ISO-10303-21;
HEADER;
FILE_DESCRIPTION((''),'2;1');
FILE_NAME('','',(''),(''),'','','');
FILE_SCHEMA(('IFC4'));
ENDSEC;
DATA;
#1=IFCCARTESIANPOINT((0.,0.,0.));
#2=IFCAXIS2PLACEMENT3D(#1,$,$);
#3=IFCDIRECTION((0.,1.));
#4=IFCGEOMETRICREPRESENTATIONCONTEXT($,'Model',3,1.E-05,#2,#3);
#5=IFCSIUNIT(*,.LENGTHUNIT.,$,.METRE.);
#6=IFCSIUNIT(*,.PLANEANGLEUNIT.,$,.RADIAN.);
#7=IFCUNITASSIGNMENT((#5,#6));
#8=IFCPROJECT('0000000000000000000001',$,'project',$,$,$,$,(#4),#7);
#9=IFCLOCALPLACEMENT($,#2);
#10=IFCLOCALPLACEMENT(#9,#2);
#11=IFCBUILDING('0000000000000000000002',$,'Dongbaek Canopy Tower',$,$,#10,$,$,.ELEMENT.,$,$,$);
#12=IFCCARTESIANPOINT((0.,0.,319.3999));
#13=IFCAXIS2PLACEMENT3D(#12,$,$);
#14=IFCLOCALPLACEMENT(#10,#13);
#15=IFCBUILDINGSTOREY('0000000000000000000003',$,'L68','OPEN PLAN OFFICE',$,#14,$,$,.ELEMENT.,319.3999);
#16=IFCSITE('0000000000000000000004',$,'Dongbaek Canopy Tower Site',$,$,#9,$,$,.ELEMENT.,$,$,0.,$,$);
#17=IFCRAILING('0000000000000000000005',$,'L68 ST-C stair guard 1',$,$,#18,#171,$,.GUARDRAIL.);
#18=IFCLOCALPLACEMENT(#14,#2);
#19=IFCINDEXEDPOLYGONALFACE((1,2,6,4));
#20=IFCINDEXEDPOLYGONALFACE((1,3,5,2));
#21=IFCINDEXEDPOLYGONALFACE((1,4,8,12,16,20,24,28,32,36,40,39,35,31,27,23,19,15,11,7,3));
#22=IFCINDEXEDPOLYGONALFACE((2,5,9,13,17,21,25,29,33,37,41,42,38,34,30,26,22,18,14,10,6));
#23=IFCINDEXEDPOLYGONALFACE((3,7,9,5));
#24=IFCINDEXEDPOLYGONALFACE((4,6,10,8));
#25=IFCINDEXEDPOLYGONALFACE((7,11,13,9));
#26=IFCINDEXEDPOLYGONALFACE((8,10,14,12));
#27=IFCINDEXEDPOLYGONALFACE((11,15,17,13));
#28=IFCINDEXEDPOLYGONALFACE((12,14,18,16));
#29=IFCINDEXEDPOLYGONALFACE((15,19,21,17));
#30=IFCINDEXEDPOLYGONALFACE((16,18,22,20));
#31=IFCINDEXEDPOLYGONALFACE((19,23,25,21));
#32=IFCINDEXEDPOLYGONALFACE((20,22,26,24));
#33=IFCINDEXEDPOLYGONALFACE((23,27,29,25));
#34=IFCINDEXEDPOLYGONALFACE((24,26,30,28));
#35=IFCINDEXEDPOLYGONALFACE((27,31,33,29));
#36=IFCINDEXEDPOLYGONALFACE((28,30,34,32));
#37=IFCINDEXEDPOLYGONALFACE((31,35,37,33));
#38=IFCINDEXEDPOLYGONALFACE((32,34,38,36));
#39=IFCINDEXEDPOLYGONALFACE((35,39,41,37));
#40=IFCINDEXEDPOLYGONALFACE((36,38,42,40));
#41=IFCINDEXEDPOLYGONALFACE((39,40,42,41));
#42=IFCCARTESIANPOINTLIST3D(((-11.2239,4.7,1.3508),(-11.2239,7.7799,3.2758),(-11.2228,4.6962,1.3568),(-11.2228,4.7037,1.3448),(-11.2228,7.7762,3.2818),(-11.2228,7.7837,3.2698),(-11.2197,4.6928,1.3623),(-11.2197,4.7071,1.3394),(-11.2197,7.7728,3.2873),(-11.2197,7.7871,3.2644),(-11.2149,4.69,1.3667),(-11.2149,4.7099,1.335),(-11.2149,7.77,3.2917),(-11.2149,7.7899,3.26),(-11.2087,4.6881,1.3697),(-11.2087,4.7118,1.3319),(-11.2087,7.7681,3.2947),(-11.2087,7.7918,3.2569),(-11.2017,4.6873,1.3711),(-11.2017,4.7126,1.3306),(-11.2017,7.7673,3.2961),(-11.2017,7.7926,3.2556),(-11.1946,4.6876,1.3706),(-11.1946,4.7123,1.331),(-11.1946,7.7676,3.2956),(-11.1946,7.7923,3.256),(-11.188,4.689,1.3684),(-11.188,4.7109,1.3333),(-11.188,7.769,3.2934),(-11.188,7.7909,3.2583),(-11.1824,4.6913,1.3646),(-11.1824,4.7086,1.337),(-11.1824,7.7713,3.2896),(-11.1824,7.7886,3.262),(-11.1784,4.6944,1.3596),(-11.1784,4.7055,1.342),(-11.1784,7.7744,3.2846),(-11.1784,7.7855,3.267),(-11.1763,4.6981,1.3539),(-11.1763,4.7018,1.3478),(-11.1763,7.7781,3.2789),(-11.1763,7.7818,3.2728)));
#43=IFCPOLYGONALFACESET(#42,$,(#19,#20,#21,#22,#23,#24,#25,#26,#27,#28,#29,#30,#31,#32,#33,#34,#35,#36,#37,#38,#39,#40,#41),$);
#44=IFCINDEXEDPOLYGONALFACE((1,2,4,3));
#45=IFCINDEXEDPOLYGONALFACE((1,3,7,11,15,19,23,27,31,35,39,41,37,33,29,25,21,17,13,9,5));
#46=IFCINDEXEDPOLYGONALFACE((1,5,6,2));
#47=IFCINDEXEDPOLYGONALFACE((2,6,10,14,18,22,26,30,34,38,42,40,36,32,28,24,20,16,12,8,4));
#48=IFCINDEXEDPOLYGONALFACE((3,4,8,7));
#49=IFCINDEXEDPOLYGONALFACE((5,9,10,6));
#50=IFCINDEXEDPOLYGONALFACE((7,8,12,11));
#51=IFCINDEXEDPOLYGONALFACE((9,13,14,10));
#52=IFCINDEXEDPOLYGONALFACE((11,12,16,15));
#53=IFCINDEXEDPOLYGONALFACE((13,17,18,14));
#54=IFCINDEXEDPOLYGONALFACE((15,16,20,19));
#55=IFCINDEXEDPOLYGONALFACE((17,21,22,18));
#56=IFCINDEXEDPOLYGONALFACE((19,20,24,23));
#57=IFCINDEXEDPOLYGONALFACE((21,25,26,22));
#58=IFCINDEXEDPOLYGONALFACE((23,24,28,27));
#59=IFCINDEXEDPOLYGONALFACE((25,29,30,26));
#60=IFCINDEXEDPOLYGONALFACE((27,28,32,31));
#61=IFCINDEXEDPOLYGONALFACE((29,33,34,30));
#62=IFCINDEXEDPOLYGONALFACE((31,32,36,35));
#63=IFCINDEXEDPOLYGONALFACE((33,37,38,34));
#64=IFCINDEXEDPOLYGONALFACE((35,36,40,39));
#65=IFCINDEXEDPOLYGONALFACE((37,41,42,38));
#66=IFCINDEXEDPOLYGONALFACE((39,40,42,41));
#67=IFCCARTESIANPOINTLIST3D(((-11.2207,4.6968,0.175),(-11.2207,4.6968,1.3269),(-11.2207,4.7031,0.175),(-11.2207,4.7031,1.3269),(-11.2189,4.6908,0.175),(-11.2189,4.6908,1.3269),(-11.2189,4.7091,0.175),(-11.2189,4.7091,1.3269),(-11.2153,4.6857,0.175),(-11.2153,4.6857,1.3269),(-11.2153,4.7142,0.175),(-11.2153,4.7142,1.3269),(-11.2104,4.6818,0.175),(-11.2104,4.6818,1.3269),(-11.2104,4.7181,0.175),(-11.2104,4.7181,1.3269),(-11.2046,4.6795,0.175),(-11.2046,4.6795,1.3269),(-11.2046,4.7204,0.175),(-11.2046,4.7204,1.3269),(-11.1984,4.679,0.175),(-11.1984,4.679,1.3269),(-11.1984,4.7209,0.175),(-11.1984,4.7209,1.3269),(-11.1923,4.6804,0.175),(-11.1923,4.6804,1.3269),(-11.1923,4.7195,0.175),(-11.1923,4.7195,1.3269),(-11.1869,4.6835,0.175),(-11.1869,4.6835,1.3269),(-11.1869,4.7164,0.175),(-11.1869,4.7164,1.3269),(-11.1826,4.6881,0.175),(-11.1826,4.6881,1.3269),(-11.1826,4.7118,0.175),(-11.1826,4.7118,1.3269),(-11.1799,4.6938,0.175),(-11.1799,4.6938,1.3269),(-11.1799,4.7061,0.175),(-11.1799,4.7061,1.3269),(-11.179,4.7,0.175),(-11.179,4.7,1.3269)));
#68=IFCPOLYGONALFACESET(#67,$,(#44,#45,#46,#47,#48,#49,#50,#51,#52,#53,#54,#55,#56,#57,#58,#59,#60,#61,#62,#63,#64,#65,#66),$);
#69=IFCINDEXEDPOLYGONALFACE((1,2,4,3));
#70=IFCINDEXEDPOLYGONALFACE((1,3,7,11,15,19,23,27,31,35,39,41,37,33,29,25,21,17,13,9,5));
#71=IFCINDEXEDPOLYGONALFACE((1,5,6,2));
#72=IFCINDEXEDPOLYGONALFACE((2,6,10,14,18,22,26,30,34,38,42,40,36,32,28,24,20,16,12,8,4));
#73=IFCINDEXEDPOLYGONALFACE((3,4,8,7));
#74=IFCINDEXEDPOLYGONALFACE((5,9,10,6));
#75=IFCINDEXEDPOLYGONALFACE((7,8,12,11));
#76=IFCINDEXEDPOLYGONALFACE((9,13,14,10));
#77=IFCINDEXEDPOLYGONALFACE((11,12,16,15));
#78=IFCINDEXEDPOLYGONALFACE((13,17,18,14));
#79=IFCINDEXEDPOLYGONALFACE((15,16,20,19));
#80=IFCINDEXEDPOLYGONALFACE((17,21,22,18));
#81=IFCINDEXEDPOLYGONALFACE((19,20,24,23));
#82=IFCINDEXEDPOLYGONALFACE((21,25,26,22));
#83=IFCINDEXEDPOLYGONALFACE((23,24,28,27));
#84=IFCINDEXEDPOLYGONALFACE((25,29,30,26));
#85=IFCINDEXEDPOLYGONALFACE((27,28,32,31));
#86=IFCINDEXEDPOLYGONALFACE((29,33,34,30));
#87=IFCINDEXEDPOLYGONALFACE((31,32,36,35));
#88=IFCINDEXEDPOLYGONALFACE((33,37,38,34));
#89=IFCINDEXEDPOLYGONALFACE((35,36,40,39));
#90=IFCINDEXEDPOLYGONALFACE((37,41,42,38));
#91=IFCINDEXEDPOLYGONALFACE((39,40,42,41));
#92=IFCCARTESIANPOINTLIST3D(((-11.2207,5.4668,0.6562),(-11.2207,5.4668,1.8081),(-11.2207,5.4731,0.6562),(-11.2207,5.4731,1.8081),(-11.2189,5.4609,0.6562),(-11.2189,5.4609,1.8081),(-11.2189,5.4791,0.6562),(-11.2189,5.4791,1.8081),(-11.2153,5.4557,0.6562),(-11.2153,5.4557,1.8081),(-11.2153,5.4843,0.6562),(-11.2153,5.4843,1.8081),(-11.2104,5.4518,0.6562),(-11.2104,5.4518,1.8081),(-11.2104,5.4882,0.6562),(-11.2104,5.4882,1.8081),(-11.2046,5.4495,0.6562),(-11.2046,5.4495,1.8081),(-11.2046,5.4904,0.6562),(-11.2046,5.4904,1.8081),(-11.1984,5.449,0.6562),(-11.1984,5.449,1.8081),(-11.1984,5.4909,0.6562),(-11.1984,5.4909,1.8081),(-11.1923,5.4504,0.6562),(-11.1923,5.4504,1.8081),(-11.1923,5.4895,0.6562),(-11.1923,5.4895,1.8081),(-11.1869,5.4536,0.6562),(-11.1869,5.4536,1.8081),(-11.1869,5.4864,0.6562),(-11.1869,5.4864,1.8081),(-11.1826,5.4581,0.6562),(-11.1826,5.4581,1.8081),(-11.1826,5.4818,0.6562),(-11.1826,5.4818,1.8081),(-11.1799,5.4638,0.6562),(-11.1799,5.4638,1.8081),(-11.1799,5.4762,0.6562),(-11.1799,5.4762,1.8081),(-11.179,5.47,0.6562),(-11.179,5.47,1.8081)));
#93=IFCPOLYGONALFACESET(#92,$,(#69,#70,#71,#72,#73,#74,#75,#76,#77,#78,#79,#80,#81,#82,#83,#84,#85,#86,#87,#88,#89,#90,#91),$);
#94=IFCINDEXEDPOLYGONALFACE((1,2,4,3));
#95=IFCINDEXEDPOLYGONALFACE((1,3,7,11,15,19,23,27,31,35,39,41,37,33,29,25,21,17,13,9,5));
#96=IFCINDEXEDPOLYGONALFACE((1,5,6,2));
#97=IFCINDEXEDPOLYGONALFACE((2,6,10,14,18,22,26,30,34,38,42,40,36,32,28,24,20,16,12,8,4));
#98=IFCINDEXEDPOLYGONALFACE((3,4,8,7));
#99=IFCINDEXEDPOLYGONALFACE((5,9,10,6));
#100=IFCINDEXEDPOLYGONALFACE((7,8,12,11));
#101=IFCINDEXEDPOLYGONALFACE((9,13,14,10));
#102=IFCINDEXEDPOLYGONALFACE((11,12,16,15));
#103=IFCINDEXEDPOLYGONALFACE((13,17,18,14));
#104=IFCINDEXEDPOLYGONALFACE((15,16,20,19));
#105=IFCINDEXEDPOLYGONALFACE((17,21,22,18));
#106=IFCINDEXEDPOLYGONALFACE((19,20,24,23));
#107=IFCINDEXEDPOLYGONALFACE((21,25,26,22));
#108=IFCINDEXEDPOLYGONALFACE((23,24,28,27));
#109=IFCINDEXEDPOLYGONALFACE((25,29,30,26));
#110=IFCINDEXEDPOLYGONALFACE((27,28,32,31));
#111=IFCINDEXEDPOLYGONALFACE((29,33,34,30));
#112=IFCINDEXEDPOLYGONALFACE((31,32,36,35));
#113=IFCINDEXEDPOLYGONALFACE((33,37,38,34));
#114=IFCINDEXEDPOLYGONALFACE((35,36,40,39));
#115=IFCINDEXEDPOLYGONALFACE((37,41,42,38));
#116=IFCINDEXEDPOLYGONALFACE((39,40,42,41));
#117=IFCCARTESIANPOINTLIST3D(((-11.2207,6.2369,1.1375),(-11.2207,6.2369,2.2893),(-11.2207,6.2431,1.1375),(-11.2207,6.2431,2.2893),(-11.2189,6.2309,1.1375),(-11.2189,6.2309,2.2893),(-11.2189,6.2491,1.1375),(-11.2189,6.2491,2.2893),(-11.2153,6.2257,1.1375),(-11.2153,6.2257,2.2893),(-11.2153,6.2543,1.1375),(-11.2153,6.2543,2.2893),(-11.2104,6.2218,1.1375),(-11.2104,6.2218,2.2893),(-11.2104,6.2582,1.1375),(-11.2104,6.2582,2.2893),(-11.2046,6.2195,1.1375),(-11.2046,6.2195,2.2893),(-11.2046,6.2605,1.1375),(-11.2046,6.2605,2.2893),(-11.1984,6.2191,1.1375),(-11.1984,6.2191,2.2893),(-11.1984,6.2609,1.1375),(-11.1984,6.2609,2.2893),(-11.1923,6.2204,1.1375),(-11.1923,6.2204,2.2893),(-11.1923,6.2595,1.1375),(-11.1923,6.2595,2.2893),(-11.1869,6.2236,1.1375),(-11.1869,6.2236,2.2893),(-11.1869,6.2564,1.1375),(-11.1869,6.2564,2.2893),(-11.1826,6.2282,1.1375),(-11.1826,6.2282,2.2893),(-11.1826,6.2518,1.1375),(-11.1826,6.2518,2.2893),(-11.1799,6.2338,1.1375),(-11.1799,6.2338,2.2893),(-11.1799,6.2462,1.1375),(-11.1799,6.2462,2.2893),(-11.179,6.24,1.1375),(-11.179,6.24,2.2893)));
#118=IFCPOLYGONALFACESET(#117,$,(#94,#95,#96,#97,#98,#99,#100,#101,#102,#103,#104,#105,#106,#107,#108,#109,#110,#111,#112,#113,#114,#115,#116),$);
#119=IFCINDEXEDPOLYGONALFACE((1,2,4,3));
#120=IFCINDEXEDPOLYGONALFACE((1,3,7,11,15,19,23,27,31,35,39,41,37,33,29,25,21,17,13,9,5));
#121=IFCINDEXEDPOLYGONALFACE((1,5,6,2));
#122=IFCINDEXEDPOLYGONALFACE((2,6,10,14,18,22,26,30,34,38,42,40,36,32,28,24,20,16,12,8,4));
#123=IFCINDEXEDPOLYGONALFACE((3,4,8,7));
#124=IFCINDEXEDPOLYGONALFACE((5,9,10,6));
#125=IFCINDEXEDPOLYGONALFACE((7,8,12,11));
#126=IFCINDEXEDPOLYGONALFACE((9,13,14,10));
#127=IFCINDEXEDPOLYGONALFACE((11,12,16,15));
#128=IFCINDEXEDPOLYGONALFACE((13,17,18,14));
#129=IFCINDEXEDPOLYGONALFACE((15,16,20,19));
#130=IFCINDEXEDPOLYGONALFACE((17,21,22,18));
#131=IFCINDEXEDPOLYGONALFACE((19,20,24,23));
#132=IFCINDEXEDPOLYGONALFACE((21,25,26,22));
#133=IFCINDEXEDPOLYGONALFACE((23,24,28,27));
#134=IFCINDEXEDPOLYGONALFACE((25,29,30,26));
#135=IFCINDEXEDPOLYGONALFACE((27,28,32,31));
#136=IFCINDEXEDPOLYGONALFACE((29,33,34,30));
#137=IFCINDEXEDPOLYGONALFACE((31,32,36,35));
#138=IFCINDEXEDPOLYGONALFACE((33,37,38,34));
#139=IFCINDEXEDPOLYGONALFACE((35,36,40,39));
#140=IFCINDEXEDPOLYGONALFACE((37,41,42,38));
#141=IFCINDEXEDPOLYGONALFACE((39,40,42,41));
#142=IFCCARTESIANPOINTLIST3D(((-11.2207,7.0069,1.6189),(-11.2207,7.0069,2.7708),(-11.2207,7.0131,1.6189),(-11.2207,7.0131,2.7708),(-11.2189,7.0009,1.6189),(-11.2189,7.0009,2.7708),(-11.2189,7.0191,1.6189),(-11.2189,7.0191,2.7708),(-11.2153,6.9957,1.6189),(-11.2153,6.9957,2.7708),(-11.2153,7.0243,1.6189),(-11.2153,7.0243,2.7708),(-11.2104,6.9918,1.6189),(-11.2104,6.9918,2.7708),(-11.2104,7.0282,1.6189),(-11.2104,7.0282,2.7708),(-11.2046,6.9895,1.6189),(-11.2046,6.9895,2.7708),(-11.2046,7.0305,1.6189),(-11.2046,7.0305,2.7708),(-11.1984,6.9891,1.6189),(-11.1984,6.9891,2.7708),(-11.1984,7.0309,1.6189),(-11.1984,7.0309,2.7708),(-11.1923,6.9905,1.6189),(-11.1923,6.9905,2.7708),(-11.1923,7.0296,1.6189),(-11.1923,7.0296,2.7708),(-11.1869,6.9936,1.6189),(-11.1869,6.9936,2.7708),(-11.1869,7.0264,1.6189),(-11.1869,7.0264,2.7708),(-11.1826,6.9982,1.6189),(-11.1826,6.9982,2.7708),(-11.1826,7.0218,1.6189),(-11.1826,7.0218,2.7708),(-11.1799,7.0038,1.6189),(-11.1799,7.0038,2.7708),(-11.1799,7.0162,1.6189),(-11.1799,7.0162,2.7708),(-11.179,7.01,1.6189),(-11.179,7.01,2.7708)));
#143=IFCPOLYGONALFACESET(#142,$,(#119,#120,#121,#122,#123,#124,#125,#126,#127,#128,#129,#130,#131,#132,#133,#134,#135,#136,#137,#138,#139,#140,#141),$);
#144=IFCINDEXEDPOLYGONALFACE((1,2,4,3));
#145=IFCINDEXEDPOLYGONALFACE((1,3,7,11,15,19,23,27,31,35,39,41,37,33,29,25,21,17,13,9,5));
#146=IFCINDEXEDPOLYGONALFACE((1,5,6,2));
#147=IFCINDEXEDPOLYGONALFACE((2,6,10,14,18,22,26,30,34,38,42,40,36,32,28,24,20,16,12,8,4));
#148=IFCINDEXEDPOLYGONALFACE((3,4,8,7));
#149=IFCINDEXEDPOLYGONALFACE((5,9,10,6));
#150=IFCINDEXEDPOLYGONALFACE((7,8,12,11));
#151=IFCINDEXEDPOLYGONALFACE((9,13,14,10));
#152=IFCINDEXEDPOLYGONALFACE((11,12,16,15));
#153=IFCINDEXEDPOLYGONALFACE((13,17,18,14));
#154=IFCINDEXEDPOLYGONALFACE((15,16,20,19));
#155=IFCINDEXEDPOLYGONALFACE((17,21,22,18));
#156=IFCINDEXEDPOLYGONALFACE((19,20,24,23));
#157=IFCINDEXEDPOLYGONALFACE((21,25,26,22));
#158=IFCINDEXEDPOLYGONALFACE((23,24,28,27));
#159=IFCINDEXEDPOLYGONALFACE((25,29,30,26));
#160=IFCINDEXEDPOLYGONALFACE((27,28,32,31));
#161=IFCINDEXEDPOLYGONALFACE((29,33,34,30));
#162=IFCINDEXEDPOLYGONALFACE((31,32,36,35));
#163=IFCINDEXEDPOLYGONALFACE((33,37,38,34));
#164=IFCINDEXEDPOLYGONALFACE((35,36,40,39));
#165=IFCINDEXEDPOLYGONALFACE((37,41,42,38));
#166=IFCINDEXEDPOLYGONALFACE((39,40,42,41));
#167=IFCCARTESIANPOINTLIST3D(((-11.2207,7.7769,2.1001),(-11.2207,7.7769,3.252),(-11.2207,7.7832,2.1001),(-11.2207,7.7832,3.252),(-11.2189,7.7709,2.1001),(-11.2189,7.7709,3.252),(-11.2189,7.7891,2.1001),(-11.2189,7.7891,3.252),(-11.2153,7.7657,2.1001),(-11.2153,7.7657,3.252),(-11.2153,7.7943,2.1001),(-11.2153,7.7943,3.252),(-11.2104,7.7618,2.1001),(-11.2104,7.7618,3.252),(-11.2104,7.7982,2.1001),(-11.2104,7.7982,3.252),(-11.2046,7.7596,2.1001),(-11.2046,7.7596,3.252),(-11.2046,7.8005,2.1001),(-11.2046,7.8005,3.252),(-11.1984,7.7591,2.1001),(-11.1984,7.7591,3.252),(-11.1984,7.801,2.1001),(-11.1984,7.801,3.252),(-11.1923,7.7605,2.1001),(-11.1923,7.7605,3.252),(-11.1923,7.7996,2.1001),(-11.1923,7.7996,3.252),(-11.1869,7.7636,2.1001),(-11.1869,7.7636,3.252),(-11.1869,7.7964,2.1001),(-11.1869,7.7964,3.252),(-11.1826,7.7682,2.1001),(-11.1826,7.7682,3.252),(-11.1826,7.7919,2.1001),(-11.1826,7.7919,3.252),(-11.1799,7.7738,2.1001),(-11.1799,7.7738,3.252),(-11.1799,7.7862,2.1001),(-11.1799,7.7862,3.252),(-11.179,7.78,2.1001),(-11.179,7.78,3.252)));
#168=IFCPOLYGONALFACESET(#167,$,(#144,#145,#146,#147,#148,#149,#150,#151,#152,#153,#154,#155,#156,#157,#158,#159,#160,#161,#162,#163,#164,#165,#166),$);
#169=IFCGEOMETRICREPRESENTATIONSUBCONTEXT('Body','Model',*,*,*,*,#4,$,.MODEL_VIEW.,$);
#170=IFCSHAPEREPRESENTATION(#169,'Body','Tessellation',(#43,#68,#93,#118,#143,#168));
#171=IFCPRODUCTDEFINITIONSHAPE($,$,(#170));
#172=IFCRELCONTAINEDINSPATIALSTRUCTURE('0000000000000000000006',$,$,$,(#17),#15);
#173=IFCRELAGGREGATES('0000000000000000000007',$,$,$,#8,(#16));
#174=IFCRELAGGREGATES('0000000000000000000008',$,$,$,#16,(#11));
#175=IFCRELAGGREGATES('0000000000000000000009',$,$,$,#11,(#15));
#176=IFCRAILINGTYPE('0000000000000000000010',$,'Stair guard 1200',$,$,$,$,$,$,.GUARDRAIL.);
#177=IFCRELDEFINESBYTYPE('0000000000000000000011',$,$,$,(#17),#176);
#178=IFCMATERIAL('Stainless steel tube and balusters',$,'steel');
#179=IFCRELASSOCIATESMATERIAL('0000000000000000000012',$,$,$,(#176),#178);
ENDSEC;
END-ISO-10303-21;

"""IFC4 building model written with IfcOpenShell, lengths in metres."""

from ifc_helpers import new_model, si_unit, direction, frame, origin, origin_2d, place, context, subcontext, project, spatial, circle, extrude, material, type_object, element, save


model = new_model("IFC4")

# Units and contexts
model_context = context("Model", 3, precision=1e-05, world=origin(), true_north=direction((0.0, 1.0)))
body_context = subcontext(model_context, "Body", "Model", "MODEL_VIEW")
ifc_project = project(units=[si_unit("LENGTHUNIT", "METRE"), si_unit("PLANEANGLEUNIT", "RADIAN")], contexts=[model_context])

# Site, building, storey
site_placement = place(None, origin())
site = spatial("IfcSite", under=ifc_project, at=site_placement, Name="Dongbaek Canopy Tower Site", CompositionType="ELEMENT", RefElevation=0.0)
building_placement = place(site_placement, origin())
building = spatial("IfcBuilding", under=site, at=building_placement, Name="Dongbaek Canopy Tower", CompositionType="ELEMENT")
storey_placement = place(building_placement, frame((0.0, 0.0, 319.3999)))
storey = spatial("IfcBuildingStorey", under=building, at=storey_placement, Name="L68", Description="OPEN PLAN OFFICE", CompositionType="ELEMENT", Elevation=319.3999)

# Railing
ifc_material_1 = material(Name="Stainless steel tube and balusters", Category="steel")
railing_type_1 = type_object("IfcRailingType", Name="Stair guard 1200", PredefinedType="GUARDRAIL", material=ifc_material_1)
railing_1_placement = place(storey_placement, frame((-11.2, 4.7, 0.175)))
element("IfcRailing", 1, at=railing_1_placement, inside=storey, type_object=railing_type_1, Name="L68 ST-C stair guard 1", PredefinedType="GUARDRAIL", context=body_context, shape_type="SweptSolid", body=[
    extrude(circle(Radius=0.0239, at=origin_2d()), frame((0.0, 0.0, 1.1758), z_axis=(0.0, 0.847998, 0.529999), x_axis=(-1.0, 0.0, 0.0)), (0.0, 0.0, 1.0), 3.6321),
    extrude(circle(Radius=0.021, at=origin_2d()), origin(), (0.0, 0.0, 1.0), 1.1519),
    extrude(circle(Radius=0.021, at=origin_2d()), frame((0.0, 0.77, 0.4812)), (0.0, 0.0, 1.0), 1.1519),
    extrude(circle(Radius=0.021, at=origin_2d()), frame((0.0, 1.54, 0.9624)), (0.0, 0.0, 1.0), 1.1519),
    extrude(circle(Radius=0.021, at=origin_2d()), frame((0.0, 2.3101, 1.4438)), (0.0, 0.0, 1.0), 1.1519),
    extrude(circle(Radius=0.021, at=origin_2d()), frame((0.0, 3.0801, 1.925)), (0.0, 0.0, 1.0), 1.1519),
])

save(model, "model.ifc")
